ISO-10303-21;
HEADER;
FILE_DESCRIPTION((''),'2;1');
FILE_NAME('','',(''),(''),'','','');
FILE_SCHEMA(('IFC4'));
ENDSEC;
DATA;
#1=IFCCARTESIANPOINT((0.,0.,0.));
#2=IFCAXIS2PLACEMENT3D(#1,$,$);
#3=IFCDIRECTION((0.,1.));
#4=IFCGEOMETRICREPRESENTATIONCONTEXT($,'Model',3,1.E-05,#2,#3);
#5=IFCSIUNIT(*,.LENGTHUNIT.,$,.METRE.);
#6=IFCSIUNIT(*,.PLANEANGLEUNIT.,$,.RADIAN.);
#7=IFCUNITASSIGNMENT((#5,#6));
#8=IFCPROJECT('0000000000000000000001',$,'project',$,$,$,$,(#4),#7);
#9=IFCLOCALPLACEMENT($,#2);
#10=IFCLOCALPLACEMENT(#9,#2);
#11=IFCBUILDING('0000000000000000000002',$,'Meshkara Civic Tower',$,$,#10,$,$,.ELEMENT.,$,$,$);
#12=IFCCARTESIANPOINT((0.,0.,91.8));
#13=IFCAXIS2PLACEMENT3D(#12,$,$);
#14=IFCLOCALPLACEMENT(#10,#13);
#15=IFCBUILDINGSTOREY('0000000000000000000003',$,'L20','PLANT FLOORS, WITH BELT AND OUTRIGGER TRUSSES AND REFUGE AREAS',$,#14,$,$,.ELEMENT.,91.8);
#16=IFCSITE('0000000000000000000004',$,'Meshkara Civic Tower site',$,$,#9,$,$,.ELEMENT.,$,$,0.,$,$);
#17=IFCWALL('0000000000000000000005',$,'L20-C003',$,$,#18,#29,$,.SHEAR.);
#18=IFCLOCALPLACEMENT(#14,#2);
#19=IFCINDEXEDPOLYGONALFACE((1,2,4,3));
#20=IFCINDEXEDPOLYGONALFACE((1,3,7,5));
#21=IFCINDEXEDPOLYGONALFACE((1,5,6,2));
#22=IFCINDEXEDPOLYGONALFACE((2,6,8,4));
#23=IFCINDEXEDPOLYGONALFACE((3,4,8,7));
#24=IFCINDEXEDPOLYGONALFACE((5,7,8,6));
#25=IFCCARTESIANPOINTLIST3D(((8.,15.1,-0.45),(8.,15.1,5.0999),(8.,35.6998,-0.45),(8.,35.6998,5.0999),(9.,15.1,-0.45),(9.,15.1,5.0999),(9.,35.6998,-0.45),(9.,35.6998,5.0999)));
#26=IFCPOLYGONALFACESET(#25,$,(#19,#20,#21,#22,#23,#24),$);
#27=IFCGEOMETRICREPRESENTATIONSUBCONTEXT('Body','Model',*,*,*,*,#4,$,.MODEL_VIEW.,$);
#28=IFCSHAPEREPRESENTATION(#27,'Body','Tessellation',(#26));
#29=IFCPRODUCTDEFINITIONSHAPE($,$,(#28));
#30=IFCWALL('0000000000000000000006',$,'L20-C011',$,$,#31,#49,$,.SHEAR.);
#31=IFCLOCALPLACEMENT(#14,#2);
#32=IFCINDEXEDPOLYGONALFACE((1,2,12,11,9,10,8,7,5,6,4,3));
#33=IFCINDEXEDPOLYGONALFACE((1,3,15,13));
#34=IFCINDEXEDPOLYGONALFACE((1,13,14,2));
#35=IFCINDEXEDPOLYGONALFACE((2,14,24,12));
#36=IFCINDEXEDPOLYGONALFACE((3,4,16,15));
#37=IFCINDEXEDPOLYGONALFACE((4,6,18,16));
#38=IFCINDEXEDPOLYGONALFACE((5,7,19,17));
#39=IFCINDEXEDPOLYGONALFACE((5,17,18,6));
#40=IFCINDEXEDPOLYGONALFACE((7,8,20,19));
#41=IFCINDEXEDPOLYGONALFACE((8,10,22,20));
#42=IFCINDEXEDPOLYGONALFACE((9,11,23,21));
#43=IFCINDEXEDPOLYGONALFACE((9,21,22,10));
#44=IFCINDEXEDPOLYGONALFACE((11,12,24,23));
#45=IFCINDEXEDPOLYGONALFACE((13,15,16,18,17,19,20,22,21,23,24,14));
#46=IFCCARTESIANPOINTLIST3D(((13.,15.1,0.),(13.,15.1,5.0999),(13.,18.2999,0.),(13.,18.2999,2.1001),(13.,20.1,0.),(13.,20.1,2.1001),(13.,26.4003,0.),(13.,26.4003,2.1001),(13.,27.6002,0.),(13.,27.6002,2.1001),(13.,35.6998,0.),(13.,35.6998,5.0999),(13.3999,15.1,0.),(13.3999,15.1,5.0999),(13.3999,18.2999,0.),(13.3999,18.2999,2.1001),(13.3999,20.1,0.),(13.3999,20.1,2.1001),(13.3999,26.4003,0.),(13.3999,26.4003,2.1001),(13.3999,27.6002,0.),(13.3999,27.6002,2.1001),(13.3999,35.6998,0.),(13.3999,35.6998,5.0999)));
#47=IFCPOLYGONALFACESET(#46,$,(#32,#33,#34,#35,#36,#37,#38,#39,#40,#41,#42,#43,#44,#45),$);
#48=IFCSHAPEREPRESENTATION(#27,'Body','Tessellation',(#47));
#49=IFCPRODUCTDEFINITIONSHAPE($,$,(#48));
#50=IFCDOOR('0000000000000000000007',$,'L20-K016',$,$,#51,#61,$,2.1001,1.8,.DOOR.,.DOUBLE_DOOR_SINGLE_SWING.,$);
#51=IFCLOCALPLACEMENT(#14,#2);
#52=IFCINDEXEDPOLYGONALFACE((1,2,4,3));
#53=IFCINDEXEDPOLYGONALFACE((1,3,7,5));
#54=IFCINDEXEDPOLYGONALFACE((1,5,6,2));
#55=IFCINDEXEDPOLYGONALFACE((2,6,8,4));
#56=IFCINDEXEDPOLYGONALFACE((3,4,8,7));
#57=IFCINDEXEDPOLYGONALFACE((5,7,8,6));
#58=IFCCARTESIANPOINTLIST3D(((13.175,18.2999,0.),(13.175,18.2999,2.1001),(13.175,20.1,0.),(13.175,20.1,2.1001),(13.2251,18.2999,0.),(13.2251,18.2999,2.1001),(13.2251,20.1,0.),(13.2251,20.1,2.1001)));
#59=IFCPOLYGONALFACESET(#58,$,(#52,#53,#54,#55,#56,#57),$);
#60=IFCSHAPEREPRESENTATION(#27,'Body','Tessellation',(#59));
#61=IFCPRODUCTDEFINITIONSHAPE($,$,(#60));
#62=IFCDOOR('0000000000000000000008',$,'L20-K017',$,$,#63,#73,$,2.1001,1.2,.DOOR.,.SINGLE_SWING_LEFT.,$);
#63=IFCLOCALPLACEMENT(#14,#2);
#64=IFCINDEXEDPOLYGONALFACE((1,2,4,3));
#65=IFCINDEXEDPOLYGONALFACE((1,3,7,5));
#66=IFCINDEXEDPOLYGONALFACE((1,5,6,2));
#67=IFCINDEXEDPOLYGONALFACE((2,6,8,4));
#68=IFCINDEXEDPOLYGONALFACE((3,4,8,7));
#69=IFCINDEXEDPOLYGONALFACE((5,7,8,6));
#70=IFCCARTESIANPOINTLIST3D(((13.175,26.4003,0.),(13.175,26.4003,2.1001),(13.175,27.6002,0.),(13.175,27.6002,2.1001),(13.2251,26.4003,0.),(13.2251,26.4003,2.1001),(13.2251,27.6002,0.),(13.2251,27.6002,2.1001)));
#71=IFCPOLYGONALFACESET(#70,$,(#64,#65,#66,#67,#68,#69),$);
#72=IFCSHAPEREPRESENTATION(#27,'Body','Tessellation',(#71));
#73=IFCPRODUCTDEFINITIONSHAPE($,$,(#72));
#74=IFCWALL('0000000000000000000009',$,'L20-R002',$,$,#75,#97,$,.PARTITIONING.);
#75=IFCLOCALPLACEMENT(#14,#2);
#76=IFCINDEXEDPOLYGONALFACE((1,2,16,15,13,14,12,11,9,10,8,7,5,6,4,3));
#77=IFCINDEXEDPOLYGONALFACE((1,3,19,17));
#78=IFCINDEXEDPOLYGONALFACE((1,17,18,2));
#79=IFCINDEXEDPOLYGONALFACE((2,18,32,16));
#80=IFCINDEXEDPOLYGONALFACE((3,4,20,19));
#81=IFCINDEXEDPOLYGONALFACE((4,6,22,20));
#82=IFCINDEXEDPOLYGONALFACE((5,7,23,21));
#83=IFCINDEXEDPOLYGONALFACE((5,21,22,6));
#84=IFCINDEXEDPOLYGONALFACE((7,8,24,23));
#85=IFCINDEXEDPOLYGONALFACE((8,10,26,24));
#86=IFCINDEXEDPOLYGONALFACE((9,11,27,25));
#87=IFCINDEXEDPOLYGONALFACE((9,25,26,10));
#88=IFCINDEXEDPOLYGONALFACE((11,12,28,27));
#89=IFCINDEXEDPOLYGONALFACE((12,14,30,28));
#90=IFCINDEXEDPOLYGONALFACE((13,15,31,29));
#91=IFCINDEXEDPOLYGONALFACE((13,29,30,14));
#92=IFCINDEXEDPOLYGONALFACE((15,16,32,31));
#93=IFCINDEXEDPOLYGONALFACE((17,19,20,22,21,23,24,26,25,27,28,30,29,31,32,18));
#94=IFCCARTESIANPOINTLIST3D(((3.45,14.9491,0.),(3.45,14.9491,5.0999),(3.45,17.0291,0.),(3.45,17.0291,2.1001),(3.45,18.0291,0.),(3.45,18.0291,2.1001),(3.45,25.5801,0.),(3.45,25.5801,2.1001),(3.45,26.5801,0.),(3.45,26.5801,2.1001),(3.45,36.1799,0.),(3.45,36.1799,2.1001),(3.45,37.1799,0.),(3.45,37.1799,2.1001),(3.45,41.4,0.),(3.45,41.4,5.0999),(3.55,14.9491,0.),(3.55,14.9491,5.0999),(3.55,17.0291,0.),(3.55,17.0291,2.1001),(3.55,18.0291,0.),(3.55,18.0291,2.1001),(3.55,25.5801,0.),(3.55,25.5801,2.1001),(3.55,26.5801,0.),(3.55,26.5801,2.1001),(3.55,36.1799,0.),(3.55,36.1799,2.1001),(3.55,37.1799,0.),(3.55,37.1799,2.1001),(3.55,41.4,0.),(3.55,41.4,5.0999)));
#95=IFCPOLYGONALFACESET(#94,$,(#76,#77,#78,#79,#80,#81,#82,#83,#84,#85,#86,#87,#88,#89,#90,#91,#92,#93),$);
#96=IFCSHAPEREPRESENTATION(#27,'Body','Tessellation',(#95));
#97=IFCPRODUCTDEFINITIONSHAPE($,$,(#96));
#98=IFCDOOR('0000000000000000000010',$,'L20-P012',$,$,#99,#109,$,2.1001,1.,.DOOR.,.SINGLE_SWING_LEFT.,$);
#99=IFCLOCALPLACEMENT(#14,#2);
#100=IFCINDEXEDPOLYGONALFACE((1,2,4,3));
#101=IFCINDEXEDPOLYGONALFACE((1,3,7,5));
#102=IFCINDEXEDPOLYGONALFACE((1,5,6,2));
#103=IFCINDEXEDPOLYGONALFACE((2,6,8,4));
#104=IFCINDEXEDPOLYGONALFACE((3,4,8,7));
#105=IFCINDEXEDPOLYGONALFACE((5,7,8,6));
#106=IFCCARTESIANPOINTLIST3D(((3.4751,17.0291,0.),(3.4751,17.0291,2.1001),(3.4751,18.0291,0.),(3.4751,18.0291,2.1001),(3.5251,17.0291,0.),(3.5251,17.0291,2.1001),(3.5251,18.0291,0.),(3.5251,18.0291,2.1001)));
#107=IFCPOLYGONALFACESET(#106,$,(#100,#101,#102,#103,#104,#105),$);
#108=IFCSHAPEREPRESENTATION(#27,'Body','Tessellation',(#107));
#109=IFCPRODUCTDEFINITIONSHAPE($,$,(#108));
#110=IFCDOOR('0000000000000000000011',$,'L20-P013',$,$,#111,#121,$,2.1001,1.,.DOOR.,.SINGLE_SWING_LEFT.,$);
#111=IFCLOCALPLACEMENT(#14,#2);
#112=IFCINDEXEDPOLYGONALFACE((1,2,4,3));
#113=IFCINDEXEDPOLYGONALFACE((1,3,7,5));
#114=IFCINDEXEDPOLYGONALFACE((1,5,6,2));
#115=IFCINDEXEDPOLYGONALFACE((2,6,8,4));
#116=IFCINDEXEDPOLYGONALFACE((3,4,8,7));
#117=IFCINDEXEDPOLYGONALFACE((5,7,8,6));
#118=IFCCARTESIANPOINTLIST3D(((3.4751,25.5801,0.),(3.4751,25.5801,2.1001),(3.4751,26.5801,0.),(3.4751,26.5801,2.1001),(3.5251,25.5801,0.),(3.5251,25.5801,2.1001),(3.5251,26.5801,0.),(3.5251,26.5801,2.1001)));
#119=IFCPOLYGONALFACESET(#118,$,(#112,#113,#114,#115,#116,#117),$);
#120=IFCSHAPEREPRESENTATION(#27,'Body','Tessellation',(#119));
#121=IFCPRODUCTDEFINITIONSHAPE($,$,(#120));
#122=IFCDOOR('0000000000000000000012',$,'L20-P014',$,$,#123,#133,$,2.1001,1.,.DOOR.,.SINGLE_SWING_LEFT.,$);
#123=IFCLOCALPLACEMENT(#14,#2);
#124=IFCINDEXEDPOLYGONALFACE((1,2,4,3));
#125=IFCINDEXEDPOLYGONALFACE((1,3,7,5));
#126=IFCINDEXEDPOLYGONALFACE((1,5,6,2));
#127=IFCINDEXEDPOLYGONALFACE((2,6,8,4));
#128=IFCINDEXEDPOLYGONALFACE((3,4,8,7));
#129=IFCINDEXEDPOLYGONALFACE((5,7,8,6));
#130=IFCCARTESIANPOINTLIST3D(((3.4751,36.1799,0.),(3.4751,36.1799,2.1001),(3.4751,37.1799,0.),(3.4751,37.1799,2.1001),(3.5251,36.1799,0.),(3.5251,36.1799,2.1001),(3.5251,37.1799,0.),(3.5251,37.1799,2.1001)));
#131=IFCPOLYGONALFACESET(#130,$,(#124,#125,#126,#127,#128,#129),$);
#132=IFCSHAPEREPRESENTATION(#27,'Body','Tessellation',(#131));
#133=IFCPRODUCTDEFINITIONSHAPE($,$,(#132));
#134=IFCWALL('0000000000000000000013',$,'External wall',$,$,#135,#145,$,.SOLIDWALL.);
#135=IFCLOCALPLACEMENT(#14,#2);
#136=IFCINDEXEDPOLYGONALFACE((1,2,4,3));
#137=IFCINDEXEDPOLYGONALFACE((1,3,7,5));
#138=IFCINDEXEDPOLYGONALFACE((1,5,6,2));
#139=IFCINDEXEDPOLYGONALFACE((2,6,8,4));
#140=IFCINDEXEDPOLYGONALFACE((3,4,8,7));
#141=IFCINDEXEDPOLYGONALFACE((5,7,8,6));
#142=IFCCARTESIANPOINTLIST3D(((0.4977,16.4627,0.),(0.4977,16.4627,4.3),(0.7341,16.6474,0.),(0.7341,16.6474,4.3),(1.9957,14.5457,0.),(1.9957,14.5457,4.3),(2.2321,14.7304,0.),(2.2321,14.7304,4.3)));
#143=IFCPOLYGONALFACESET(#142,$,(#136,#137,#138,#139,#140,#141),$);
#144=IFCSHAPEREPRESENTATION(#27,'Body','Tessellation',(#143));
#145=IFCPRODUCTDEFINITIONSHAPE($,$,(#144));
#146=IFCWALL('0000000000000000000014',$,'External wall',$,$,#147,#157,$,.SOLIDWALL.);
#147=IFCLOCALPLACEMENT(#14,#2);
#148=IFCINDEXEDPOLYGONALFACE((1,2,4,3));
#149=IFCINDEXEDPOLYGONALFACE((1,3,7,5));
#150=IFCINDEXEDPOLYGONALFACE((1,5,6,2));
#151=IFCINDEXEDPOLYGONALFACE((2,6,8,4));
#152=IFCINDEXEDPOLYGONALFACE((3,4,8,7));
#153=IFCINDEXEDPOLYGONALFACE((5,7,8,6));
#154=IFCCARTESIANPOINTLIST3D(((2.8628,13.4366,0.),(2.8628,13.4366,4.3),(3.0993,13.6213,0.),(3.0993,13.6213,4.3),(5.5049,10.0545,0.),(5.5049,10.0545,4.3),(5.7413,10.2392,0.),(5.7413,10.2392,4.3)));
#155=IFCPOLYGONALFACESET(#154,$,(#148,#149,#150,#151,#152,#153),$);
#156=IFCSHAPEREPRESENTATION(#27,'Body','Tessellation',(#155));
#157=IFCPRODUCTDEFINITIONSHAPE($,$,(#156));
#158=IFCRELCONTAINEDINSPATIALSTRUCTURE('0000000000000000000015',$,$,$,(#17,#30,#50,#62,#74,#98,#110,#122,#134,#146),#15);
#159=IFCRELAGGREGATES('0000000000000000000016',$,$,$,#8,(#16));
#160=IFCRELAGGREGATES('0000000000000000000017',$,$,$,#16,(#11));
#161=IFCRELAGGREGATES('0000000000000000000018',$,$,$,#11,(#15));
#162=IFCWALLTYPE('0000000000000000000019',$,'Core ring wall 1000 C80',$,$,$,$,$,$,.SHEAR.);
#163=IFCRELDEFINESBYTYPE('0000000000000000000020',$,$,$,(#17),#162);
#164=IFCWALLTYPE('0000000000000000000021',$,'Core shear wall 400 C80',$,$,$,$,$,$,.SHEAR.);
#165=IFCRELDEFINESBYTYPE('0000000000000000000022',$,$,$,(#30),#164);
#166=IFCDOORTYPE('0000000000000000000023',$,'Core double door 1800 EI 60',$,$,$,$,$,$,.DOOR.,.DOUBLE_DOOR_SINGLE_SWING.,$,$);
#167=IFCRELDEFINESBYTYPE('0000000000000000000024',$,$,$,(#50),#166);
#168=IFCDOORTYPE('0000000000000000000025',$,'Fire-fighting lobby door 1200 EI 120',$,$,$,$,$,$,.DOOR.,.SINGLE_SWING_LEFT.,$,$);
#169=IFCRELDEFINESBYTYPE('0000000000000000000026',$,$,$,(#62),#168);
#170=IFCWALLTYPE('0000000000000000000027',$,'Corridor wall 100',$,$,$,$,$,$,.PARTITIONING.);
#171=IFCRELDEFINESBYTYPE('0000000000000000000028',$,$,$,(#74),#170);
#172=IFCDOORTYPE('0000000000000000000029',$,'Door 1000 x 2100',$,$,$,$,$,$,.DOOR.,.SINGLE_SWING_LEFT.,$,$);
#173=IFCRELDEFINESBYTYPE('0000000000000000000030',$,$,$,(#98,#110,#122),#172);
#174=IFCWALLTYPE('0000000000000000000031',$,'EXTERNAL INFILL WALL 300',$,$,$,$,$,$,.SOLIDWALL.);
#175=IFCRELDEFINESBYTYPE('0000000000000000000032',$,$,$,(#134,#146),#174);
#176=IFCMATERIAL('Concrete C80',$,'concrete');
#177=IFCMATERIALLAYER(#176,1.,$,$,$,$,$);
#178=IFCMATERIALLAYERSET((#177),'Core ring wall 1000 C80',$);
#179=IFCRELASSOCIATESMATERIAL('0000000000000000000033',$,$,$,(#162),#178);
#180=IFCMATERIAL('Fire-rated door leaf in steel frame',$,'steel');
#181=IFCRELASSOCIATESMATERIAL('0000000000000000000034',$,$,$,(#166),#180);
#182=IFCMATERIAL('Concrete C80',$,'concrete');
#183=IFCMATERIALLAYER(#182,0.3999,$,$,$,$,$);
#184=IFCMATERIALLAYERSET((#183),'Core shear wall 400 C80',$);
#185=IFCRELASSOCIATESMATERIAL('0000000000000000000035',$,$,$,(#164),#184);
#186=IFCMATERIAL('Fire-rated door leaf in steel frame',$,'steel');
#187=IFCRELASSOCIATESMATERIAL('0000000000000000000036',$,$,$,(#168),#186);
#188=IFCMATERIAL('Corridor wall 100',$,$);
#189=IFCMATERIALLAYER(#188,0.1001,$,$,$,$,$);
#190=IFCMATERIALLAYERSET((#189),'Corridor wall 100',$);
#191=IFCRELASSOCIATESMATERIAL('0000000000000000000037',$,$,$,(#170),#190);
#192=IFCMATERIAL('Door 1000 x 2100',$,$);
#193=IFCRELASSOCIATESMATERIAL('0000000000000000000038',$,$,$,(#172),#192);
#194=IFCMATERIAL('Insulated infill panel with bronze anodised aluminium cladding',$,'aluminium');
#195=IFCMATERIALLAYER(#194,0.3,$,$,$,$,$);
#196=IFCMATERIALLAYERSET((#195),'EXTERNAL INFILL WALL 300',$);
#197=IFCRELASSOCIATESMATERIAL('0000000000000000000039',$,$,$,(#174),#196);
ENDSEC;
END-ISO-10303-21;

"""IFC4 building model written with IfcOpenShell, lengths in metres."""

from ifc_helpers import new_model, si_unit, direction, frame, frame_2d, origin, place, context, subcontext, project, spatial, rectangle, extrude, material, layer, layer_set, type_object, element, fill, save


model = new_model("IFC4")

# Units and contexts
model_context = context("Model", 3, precision=1e-05, world=origin(), true_north=direction((0.0, 1.0)))
body_context = subcontext(model_context, "Body", "Model", "MODEL_VIEW")
ifc_project = project(units=[si_unit("LENGTHUNIT", "METRE"), si_unit("PLANEANGLEUNIT", "RADIAN")], contexts=[model_context])

# Site, building, storey
site_placement = place(None, origin())
site = spatial("IfcSite", under=ifc_project, at=site_placement, Name="Meshkara Civic Tower site", CompositionType="ELEMENT", RefElevation=0.0)
building_placement = place(site_placement, origin())
building = spatial("IfcBuilding", under=site, at=building_placement, Name="Meshkara Civic Tower", CompositionType="ELEMENT")
storey_placement = place(building_placement, frame((0.0, 0.0, 91.8)))
storey = spatial("IfcBuildingStorey", under=building, at=storey_placement, Name="L20", Description="PLANT FLOORS, WITH BELT AND OUTRIGGER TRUSSES AND REFUGE AREAS", CompositionType="ELEMENT", Elevation=91.8)

# Shared definitions
ifc_material_1 = material(Name="Concrete C80", Category="concrete")
ifc_layer_1 = layer(ifc_material_1, 1.0)
ifc_layer_set_1 = layer_set([ifc_layer_1], Name="Core ring wall 1000 C80")
wall_type_1 = type_object("IfcWallType", Name="Core ring wall 1000 C80", PredefinedType="SHEAR", material=ifc_layer_set_1)
ifc_material_2 = material(Name="Fire-rated door leaf in steel frame", Category="steel")
door_type_1 = type_object("IfcDoorType", Name="Core double door 1800 EI 60", OperationType="DOUBLE_DOOR_SINGLE_SWING", PredefinedType="DOOR", material=ifc_material_2)

# Wall
wall_1_placement = place(storey_placement, frame((8.5, 15.1001, -0.45), z_axis=(0.0, 0.0, 1.0), x_axis=(0.0, 1.0, 0.0)))
element("IfcWall", 1, at=wall_1_placement, inside=storey, type_object=wall_type_1, Name="L20-C003", PredefinedType="SHEAR", context=body_context, shape_type="SweptSolid", body=[
    extrude(rectangle(XDim=20.5999, YDim=1.0, at=frame_2d((10.2998, 0.0))), origin(), (0.0, 0.0, 1.0), 5.5498),
])

# Walls, openings, doors
ifc_material_3 = material(Name="Concrete C80", Category="concrete")
ifc_layer_2 = layer(ifc_material_3, 0.3999)
ifc_layer_set_2 = layer_set([ifc_layer_2], Name="Core shear wall 400 C80")
wall_type_2 = type_object("IfcWallType", Name="Core shear wall 400 C80", PredefinedType="SHEAR", material=ifc_layer_set_2)
wall_2_placement = place(storey_placement, frame((13.2, 15.1001, 0.0), z_axis=(0.0, 0.0, 1.0), x_axis=(0.0, 1.0, 0.0)))
wall_2 = element("IfcWall", 2, at=wall_2_placement, inside=storey, type_object=wall_type_2, Name="L20-C011", PredefinedType="SHEAR", context=body_context, shape_type="SweptSolid", body=[
    extrude(rectangle(XDim=20.5999, YDim=0.3999, at=frame_2d((10.2998, 0.0))), origin(), (0.0, 0.0, 1.0), 5.0999),
])
opening_1_placement = place(wall_2_placement, frame((3.2, 0.0, 0.0)))
opening_1 = element("IfcOpeningElement", 3, at=opening_1_placement, cuts=wall_2, PredefinedType="OPENING", context=body_context, shape_type="SweptSolid", body=[
    extrude(rectangle(XDim=1.8, YDim=2.1001, at=frame_2d((0.8999, 1.05))), frame((0.0, 0.21, 0.0), z_axis=(0.0, -1.0, 0.0), x_axis=(1.0, 0.0, 0.0)), (0.0, 0.0, 1.0), 0.4199),
])
opening_2_placement = place(wall_2_placement, frame((11.3, 0.0, 0.0)))
opening_2 = element("IfcOpeningElement", 4, at=opening_2_placement, cuts=wall_2, PredefinedType="OPENING", context=body_context, shape_type="SweptSolid", body=[
    extrude(rectangle(XDim=1.2, YDim=2.1001, at=frame_2d((0.6001, 1.05))), frame((0.0, 0.21, 0.0), z_axis=(0.0, -1.0, 0.0), x_axis=(1.0, 0.0, 0.0)), (0.0, 0.0, 1.0), 0.4199),
])
door_1_placement = place(opening_1_placement, origin())
door_1 = element("IfcDoor", 5, at=door_1_placement, inside=storey, type_object=door_type_1, Name="L20-K016", OperationType="DOUBLE_DOOR_SINGLE_SWING", OverallHeight=2.1001, OverallWidth=1.8, PredefinedType="DOOR", context=body_context, shape_type="SweptSolid", body=[
    extrude(rectangle(XDim=1.8, YDim=2.1001, at=frame_2d((0.8999, 1.05))), frame((0.0, 0.0249, 0.0), z_axis=(0.0, -1.0, 0.0), x_axis=(1.0, 0.0, 0.0)), (0.0, 0.0, 1.0), 0.05),
])
fill(opening_1, door_1)
ifc_material_4 = material(Name="Fire-rated door leaf in steel frame", Category="steel")
door_type_2 = type_object("IfcDoorType", Name="Fire-fighting lobby door 1200 EI 120", OperationType="SINGLE_SWING_LEFT", PredefinedType="DOOR", material=ifc_material_4)
door_2_placement = place(opening_2_placement, origin())
door_2 = element("IfcDoor", 6, at=door_2_placement, inside=storey, type_object=door_type_2, Name="L20-K017", OperationType="SINGLE_SWING_LEFT", OverallHeight=2.1001, OverallWidth=1.2, PredefinedType="DOOR", context=body_context, shape_type="SweptSolid", body=[
    extrude(rectangle(XDim=1.2, YDim=2.1001, at=frame_2d((0.6001, 1.05))), frame((0.0, 0.0249, 0.0), z_axis=(0.0, -1.0, 0.0), x_axis=(1.0, 0.0, 0.0)), (0.0, 0.0, 1.0), 0.05),
])
fill(opening_2, door_2)
ifc_material_5 = material(Name="Corridor wall 100")
ifc_layer_3 = layer(ifc_material_5, 0.1001)
ifc_layer_set_3 = layer_set([ifc_layer_3], Name="Corridor wall 100")
wall_type_3 = type_object("IfcWallType", Name="Corridor wall 100", PredefinedType="PARTITIONING", material=ifc_layer_set_3)
wall_3_placement = place(storey_placement, frame((3.5, 14.949, 0.0), z_axis=(0.0, 0.0, 1.0), x_axis=(0.0, 1.0, 0.0)))
wall_3 = element("IfcWall", 7, at=wall_3_placement, inside=storey, type_object=wall_type_3, Name="L20-R002", PredefinedType="PARTITIONING", context=body_context, shape_type="SweptSolid", body=[
    extrude(rectangle(XDim=26.4509, YDim=0.1001, at=frame_2d((13.2256, 0.0))), origin(), (0.0, 0.0, 1.0), 5.0999),
])
opening_3_placement = place(wall_3_placement, frame((2.0801, 0.0, 0.0)))
opening_3 = element("IfcOpeningElement", 8, at=opening_3_placement, cuts=wall_3, PredefinedType="OPENING", context=body_context, shape_type="SweptSolid", body=[
    extrude(rectangle(XDim=1.0, YDim=2.1001, at=frame_2d((0.5, 1.05))), frame((0.0, 0.0601, 0.0), z_axis=(0.0, -1.0, 0.0), x_axis=(1.0, 0.0, 0.0)), (0.0, 0.0, 1.0), 0.1201),
])
opening_4_placement = place(wall_3_placement, frame((10.6311, 0.0, 0.0)))
opening_4 = element("IfcOpeningElement", 9, at=opening_4_placement, cuts=wall_3, PredefinedType="OPENING", context=body_context, shape_type="SweptSolid", body=[
    extrude(rectangle(XDim=1.0, YDim=2.1001, at=frame_2d((0.5, 1.05))), frame((0.0, 0.0601, 0.0), z_axis=(0.0, -1.0, 0.0), x_axis=(1.0, 0.0, 0.0)), (0.0, 0.0, 1.0), 0.1201),
])
opening_5_placement = place(wall_3_placement, frame((21.231, 0.0, 0.0)))
opening_5 = element("IfcOpeningElement", 10, at=opening_5_placement, cuts=wall_3, PredefinedType="OPENING", context=body_context, shape_type="SweptSolid", body=[
    extrude(rectangle(XDim=1.0, YDim=2.1001, at=frame_2d((0.5, 1.05))), frame((0.0, 0.0601, 0.0), z_axis=(0.0, -1.0, 0.0), x_axis=(1.0, 0.0, 0.0)), (0.0, 0.0, 1.0), 0.1201),
])
ifc_material_6 = material(Name="Door 1000 x 2100")
door_type_3 = type_object("IfcDoorType", Name="Door 1000 x 2100", OperationType="SINGLE_SWING_LEFT", PredefinedType="DOOR", material=ifc_material_6)
door_3_placement = place(opening_3_placement, origin())
door_3 = element("IfcDoor", 11, at=door_3_placement, inside=storey, type_object=door_type_3, Name="L20-P012", OperationType="SINGLE_SWING_LEFT", OverallHeight=2.1001, OverallWidth=1.0, PredefinedType="DOOR", context=body_context, shape_type="SweptSolid", body=[
    extrude(rectangle(XDim=1.0, YDim=2.1001, at=frame_2d((0.5, 1.05))), frame((0.0, 0.0249, 0.0), z_axis=(0.0, -1.0, 0.0), x_axis=(1.0, 0.0, 0.0)), (0.0, 0.0, 1.0), 0.05),
])
fill(opening_3, door_3)
door_4_placement = place(opening_4_placement, origin())
door_4 = element("IfcDoor", 12, at=door_4_placement, inside=storey, type_object=door_type_3, Name="L20-P013", OperationType="SINGLE_SWING_LEFT", OverallHeight=2.1001, OverallWidth=1.0, PredefinedType="DOOR", context=body_context, shape_type="SweptSolid", body=[
    extrude(rectangle(XDim=1.0, YDim=2.1001, at=frame_2d((0.5, 1.05))), frame((0.0, 0.0249, 0.0), z_axis=(0.0, -1.0, 0.0), x_axis=(1.0, 0.0, 0.0)), (0.0, 0.0, 1.0), 0.05),
])
fill(opening_4, door_4)
door_5_placement = place(opening_5_placement, origin())
door_5 = element("IfcDoor", 13, at=door_5_placement, inside=storey, type_object=door_type_3, Name="L20-P014", OperationType="SINGLE_SWING_LEFT", OverallHeight=2.1001, OverallWidth=1.0, PredefinedType="DOOR", context=body_context, shape_type="SweptSolid", body=[
    extrude(rectangle(XDim=1.0, YDim=2.1001, at=frame_2d((0.5, 1.05))), frame((0.0, 0.0249, 0.0), z_axis=(0.0, -1.0, 0.0), x_axis=(1.0, 0.0, 0.0)), (0.0, 0.0, 1.0), 0.05),
])
fill(opening_5, door_5)

# Walls
ifc_material_7 = material(Name="Insulated infill panel with bronze anodised aluminium cladding", Category="aluminium")
ifc_layer_4 = layer(ifc_material_7, 0.3)
ifc_layer_set_4 = layer_set([ifc_layer_4], Name="EXTERNAL INFILL WALL 300")
wall_type_4 = type_object("IfcWallType", Name="EXTERNAL INFILL WALL 300", PredefinedType="SOLIDWALL", material=ifc_layer_set_4)
wall_4_placement = place(storey_placement, frame((0.616, 16.5549, 0.0), z_axis=(0.0, 0.0, 1.0), x_axis=(0.615745, -0.787945, 0.0)))
element("IfcWall", 14, at=wall_4_placement, inside=storey, type_object=wall_type_4, Name="External wall", PredefinedType="SOLIDWALL", context=body_context, shape_type="SweptSolid", body=[
    extrude(rectangle(XDim=2.4329, YDim=0.3, at=frame_2d((1.2163, 0.0))), origin(), (0.0, 0.0, 1.0), 4.3),
])
wall_5_placement = place(storey_placement, frame((2.981, 13.5291, 0.0), z_axis=(0.0, 0.0, 1.0), x_axis=(0.615621, -0.788042, 0.0)))
element("IfcWall", 15, at=wall_5_placement, inside=storey, type_object=wall_type_4, Name="External wall", PredefinedType="SOLIDWALL", context=body_context, shape_type="SweptSolid", body=[
    extrude(rectangle(XDim=4.2917, YDim=0.3, at=frame_2d((2.146, 0.0))), origin(), (0.0, 0.0, 1.0), 4.3),
])

save(model, "model.ifc")
